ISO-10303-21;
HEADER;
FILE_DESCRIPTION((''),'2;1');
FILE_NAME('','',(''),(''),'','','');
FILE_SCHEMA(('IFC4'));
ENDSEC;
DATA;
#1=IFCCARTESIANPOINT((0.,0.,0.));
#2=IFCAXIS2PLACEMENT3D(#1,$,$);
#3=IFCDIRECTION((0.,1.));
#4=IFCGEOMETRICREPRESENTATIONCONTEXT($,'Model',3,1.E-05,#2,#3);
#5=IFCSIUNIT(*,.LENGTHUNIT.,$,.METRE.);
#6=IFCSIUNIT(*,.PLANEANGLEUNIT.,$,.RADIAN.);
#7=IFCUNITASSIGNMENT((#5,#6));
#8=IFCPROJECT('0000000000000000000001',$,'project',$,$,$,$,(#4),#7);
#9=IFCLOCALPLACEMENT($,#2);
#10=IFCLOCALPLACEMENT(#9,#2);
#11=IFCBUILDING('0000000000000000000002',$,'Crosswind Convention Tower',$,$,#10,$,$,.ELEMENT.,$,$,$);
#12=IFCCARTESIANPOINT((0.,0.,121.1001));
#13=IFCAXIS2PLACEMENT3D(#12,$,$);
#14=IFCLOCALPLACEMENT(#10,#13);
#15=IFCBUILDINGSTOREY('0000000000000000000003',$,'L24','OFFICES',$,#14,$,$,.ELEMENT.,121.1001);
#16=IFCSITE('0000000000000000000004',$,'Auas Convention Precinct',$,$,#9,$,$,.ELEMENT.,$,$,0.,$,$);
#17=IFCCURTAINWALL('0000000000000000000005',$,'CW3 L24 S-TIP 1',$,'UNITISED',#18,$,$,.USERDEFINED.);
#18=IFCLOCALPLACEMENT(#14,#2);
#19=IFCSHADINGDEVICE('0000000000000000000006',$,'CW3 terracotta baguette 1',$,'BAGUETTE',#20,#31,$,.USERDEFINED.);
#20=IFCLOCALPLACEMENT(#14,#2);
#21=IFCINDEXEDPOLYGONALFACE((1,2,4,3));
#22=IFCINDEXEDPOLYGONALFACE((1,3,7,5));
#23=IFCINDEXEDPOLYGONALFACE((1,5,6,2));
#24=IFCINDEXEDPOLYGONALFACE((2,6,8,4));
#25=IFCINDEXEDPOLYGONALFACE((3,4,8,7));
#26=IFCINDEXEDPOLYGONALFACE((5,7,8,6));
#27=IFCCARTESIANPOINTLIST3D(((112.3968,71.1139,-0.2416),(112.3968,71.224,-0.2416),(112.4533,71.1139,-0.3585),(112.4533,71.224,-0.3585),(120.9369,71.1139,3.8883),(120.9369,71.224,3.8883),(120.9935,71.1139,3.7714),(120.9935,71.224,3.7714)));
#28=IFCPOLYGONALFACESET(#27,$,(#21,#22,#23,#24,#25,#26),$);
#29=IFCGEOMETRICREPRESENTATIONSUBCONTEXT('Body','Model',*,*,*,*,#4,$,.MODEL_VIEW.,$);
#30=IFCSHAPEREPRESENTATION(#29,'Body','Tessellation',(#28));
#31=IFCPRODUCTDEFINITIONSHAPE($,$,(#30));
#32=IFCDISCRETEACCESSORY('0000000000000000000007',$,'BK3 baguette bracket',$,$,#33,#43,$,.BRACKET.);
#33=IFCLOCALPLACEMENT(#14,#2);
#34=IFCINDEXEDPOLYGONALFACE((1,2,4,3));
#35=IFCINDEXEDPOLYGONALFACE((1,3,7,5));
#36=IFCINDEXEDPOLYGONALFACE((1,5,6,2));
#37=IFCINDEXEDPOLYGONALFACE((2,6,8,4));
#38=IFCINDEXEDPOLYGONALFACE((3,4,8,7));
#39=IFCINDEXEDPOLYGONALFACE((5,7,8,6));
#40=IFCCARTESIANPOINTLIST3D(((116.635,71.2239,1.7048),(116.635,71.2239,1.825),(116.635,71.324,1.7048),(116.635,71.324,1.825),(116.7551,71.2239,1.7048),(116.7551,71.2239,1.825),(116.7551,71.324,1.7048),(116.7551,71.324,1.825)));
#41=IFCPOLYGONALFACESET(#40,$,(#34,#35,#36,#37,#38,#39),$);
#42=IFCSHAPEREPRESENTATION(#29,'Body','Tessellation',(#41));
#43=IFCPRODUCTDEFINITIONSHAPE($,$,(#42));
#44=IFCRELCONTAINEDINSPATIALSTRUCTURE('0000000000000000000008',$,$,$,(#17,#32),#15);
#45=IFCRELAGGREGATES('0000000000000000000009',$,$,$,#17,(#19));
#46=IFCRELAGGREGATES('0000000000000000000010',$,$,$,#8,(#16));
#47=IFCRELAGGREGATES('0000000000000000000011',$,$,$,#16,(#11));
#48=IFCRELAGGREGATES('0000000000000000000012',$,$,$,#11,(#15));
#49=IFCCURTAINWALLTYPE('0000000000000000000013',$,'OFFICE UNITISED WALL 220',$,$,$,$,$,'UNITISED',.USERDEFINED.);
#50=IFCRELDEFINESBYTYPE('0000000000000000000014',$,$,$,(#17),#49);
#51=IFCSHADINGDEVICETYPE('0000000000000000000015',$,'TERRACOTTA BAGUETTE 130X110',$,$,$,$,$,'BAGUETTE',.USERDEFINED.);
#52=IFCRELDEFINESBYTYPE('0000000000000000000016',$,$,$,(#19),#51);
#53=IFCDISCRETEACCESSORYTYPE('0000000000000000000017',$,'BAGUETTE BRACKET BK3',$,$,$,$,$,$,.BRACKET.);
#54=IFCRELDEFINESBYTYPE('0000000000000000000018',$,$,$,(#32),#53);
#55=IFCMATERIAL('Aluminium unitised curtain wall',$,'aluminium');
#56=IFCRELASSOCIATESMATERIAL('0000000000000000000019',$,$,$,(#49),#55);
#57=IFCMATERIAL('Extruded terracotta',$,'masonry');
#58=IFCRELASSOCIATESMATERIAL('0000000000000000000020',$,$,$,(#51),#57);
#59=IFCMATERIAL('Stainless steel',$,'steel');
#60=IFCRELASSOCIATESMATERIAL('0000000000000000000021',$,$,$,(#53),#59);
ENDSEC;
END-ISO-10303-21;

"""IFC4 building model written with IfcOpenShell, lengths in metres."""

from ifc_helpers import new_model, si_unit, direction, frame, origin, origin_2d, place, context, subcontext, project, spatial, rectangle, extrude, material, material_profile, profile_set, type_object, element, aggregate, save


model = new_model("IFC4")

# Units and contexts
model_context = context("Model", 3, precision=1e-05, world=origin(), true_north=direction((0.0, 1.0)))
body_context = subcontext(model_context, "Body", "Model", "MODEL_VIEW")
ifc_project = project(units=[si_unit("LENGTHUNIT", "METRE"), si_unit("PLANEANGLEUNIT", "RADIAN")], contexts=[model_context])

# Site, building, storey
site_placement = place(None, origin())
site = spatial("IfcSite", under=ifc_project, at=site_placement, Name="Auas Convention Precinct", CompositionType="ELEMENT", RefElevation=0.0)
building_placement = place(site_placement, origin())
building = spatial("IfcBuilding", under=site, at=building_placement, Name="Crosswind Convention Tower", CompositionType="ELEMENT")
storey_placement = place(building_placement, frame((0.0, 0.0, 121.1001)))
storey = spatial("IfcBuildingStorey", under=building, at=storey_placement, Name="L24", Description="OFFICES", CompositionType="ELEMENT", Elevation=121.1001)

# Curtain wall
ifc_material_1 = material(Name="Aluminium unitised curtain wall", Category="aluminium")
curtain_wall_type_1 = type_object("IfcCurtainWallType", Name="OFFICE UNITISED WALL 220", ElementType="UNITISED", PredefinedType="USERDEFINED", material=ifc_material_1)
curtain_wall_1_placement = place(storey_placement, origin())
curtain_wall_1 = element("IfcCurtainWall", 1, at=curtain_wall_1_placement, inside=storey, type_object=curtain_wall_type_1, Name="CW3 L24 S-TIP 1", ObjectType="UNITISED", PredefinedType="USERDEFINED")

# Shading device
ifc_material_2 = material(Name="Extruded terracotta", Category="masonry")
ifc_material_profile_1 = material_profile(ifc_material_2, rectangle(XDim=0.1101, YDim=0.1299, at=origin_2d()), Name="TC 110X130")
ifc_profile_set_1 = profile_set([ifc_material_profile_1], Name="Extruded terracotta")
shading_device_type = type_object("IfcShadingDeviceType", Name="TERRACOTTA BAGUETTE 130X110", ElementType="BAGUETTE", PredefinedType="USERDEFINED", material=ifc_profile_set_1)
shading_device_placement = place(storey_placement, frame((112.425, 71.1689, -0.3), z_axis=(0.900258, 0.0, 0.435356), x_axis=(0.0, 1.0, 0.0)))
shading_device = element("IfcShadingDevice", 2, at=shading_device_placement, type_object=shading_device_type, Name="CW3 terracotta baguette 1", ObjectType="BAGUETTE", PredefinedType="USERDEFINED", context=body_context, shape_type="SweptSolid", body=[
    extrude(rectangle(XDim=0.1101, YDim=0.1299, at=origin_2d()), origin(), (0.0, 0.0, 1.0), 9.4863),
])
aggregate(curtain_wall_1, [shading_device])

# Discrete accessory
ifc_material_3 = material(Name="Stainless steel", Category="steel")
discrete_accessory_type = type_object("IfcDiscreteAccessoryType", Name="BAGUETTE BRACKET BK3", PredefinedType="BRACKET", material=ifc_material_3)
discrete_accessory_placement = place(storey_placement, frame((116.6951, 71.2739, 1.7048), z_axis=(0.0, 0.0, 1.0), x_axis=(1.0, 0.0, 0.0)))
element("IfcDiscreteAccessory", 3, at=discrete_accessory_placement, inside=storey, type_object=discrete_accessory_type, Name="BK3 baguette bracket", PredefinedType="BRACKET", context=body_context, shape_type="SweptSolid", body=[
    extrude(rectangle(XDim=0.1201, YDim=0.1001, at=origin_2d()), origin(), (0.0, 0.0, 1.0), 0.1201),
])

save(model, "model.ifc")
